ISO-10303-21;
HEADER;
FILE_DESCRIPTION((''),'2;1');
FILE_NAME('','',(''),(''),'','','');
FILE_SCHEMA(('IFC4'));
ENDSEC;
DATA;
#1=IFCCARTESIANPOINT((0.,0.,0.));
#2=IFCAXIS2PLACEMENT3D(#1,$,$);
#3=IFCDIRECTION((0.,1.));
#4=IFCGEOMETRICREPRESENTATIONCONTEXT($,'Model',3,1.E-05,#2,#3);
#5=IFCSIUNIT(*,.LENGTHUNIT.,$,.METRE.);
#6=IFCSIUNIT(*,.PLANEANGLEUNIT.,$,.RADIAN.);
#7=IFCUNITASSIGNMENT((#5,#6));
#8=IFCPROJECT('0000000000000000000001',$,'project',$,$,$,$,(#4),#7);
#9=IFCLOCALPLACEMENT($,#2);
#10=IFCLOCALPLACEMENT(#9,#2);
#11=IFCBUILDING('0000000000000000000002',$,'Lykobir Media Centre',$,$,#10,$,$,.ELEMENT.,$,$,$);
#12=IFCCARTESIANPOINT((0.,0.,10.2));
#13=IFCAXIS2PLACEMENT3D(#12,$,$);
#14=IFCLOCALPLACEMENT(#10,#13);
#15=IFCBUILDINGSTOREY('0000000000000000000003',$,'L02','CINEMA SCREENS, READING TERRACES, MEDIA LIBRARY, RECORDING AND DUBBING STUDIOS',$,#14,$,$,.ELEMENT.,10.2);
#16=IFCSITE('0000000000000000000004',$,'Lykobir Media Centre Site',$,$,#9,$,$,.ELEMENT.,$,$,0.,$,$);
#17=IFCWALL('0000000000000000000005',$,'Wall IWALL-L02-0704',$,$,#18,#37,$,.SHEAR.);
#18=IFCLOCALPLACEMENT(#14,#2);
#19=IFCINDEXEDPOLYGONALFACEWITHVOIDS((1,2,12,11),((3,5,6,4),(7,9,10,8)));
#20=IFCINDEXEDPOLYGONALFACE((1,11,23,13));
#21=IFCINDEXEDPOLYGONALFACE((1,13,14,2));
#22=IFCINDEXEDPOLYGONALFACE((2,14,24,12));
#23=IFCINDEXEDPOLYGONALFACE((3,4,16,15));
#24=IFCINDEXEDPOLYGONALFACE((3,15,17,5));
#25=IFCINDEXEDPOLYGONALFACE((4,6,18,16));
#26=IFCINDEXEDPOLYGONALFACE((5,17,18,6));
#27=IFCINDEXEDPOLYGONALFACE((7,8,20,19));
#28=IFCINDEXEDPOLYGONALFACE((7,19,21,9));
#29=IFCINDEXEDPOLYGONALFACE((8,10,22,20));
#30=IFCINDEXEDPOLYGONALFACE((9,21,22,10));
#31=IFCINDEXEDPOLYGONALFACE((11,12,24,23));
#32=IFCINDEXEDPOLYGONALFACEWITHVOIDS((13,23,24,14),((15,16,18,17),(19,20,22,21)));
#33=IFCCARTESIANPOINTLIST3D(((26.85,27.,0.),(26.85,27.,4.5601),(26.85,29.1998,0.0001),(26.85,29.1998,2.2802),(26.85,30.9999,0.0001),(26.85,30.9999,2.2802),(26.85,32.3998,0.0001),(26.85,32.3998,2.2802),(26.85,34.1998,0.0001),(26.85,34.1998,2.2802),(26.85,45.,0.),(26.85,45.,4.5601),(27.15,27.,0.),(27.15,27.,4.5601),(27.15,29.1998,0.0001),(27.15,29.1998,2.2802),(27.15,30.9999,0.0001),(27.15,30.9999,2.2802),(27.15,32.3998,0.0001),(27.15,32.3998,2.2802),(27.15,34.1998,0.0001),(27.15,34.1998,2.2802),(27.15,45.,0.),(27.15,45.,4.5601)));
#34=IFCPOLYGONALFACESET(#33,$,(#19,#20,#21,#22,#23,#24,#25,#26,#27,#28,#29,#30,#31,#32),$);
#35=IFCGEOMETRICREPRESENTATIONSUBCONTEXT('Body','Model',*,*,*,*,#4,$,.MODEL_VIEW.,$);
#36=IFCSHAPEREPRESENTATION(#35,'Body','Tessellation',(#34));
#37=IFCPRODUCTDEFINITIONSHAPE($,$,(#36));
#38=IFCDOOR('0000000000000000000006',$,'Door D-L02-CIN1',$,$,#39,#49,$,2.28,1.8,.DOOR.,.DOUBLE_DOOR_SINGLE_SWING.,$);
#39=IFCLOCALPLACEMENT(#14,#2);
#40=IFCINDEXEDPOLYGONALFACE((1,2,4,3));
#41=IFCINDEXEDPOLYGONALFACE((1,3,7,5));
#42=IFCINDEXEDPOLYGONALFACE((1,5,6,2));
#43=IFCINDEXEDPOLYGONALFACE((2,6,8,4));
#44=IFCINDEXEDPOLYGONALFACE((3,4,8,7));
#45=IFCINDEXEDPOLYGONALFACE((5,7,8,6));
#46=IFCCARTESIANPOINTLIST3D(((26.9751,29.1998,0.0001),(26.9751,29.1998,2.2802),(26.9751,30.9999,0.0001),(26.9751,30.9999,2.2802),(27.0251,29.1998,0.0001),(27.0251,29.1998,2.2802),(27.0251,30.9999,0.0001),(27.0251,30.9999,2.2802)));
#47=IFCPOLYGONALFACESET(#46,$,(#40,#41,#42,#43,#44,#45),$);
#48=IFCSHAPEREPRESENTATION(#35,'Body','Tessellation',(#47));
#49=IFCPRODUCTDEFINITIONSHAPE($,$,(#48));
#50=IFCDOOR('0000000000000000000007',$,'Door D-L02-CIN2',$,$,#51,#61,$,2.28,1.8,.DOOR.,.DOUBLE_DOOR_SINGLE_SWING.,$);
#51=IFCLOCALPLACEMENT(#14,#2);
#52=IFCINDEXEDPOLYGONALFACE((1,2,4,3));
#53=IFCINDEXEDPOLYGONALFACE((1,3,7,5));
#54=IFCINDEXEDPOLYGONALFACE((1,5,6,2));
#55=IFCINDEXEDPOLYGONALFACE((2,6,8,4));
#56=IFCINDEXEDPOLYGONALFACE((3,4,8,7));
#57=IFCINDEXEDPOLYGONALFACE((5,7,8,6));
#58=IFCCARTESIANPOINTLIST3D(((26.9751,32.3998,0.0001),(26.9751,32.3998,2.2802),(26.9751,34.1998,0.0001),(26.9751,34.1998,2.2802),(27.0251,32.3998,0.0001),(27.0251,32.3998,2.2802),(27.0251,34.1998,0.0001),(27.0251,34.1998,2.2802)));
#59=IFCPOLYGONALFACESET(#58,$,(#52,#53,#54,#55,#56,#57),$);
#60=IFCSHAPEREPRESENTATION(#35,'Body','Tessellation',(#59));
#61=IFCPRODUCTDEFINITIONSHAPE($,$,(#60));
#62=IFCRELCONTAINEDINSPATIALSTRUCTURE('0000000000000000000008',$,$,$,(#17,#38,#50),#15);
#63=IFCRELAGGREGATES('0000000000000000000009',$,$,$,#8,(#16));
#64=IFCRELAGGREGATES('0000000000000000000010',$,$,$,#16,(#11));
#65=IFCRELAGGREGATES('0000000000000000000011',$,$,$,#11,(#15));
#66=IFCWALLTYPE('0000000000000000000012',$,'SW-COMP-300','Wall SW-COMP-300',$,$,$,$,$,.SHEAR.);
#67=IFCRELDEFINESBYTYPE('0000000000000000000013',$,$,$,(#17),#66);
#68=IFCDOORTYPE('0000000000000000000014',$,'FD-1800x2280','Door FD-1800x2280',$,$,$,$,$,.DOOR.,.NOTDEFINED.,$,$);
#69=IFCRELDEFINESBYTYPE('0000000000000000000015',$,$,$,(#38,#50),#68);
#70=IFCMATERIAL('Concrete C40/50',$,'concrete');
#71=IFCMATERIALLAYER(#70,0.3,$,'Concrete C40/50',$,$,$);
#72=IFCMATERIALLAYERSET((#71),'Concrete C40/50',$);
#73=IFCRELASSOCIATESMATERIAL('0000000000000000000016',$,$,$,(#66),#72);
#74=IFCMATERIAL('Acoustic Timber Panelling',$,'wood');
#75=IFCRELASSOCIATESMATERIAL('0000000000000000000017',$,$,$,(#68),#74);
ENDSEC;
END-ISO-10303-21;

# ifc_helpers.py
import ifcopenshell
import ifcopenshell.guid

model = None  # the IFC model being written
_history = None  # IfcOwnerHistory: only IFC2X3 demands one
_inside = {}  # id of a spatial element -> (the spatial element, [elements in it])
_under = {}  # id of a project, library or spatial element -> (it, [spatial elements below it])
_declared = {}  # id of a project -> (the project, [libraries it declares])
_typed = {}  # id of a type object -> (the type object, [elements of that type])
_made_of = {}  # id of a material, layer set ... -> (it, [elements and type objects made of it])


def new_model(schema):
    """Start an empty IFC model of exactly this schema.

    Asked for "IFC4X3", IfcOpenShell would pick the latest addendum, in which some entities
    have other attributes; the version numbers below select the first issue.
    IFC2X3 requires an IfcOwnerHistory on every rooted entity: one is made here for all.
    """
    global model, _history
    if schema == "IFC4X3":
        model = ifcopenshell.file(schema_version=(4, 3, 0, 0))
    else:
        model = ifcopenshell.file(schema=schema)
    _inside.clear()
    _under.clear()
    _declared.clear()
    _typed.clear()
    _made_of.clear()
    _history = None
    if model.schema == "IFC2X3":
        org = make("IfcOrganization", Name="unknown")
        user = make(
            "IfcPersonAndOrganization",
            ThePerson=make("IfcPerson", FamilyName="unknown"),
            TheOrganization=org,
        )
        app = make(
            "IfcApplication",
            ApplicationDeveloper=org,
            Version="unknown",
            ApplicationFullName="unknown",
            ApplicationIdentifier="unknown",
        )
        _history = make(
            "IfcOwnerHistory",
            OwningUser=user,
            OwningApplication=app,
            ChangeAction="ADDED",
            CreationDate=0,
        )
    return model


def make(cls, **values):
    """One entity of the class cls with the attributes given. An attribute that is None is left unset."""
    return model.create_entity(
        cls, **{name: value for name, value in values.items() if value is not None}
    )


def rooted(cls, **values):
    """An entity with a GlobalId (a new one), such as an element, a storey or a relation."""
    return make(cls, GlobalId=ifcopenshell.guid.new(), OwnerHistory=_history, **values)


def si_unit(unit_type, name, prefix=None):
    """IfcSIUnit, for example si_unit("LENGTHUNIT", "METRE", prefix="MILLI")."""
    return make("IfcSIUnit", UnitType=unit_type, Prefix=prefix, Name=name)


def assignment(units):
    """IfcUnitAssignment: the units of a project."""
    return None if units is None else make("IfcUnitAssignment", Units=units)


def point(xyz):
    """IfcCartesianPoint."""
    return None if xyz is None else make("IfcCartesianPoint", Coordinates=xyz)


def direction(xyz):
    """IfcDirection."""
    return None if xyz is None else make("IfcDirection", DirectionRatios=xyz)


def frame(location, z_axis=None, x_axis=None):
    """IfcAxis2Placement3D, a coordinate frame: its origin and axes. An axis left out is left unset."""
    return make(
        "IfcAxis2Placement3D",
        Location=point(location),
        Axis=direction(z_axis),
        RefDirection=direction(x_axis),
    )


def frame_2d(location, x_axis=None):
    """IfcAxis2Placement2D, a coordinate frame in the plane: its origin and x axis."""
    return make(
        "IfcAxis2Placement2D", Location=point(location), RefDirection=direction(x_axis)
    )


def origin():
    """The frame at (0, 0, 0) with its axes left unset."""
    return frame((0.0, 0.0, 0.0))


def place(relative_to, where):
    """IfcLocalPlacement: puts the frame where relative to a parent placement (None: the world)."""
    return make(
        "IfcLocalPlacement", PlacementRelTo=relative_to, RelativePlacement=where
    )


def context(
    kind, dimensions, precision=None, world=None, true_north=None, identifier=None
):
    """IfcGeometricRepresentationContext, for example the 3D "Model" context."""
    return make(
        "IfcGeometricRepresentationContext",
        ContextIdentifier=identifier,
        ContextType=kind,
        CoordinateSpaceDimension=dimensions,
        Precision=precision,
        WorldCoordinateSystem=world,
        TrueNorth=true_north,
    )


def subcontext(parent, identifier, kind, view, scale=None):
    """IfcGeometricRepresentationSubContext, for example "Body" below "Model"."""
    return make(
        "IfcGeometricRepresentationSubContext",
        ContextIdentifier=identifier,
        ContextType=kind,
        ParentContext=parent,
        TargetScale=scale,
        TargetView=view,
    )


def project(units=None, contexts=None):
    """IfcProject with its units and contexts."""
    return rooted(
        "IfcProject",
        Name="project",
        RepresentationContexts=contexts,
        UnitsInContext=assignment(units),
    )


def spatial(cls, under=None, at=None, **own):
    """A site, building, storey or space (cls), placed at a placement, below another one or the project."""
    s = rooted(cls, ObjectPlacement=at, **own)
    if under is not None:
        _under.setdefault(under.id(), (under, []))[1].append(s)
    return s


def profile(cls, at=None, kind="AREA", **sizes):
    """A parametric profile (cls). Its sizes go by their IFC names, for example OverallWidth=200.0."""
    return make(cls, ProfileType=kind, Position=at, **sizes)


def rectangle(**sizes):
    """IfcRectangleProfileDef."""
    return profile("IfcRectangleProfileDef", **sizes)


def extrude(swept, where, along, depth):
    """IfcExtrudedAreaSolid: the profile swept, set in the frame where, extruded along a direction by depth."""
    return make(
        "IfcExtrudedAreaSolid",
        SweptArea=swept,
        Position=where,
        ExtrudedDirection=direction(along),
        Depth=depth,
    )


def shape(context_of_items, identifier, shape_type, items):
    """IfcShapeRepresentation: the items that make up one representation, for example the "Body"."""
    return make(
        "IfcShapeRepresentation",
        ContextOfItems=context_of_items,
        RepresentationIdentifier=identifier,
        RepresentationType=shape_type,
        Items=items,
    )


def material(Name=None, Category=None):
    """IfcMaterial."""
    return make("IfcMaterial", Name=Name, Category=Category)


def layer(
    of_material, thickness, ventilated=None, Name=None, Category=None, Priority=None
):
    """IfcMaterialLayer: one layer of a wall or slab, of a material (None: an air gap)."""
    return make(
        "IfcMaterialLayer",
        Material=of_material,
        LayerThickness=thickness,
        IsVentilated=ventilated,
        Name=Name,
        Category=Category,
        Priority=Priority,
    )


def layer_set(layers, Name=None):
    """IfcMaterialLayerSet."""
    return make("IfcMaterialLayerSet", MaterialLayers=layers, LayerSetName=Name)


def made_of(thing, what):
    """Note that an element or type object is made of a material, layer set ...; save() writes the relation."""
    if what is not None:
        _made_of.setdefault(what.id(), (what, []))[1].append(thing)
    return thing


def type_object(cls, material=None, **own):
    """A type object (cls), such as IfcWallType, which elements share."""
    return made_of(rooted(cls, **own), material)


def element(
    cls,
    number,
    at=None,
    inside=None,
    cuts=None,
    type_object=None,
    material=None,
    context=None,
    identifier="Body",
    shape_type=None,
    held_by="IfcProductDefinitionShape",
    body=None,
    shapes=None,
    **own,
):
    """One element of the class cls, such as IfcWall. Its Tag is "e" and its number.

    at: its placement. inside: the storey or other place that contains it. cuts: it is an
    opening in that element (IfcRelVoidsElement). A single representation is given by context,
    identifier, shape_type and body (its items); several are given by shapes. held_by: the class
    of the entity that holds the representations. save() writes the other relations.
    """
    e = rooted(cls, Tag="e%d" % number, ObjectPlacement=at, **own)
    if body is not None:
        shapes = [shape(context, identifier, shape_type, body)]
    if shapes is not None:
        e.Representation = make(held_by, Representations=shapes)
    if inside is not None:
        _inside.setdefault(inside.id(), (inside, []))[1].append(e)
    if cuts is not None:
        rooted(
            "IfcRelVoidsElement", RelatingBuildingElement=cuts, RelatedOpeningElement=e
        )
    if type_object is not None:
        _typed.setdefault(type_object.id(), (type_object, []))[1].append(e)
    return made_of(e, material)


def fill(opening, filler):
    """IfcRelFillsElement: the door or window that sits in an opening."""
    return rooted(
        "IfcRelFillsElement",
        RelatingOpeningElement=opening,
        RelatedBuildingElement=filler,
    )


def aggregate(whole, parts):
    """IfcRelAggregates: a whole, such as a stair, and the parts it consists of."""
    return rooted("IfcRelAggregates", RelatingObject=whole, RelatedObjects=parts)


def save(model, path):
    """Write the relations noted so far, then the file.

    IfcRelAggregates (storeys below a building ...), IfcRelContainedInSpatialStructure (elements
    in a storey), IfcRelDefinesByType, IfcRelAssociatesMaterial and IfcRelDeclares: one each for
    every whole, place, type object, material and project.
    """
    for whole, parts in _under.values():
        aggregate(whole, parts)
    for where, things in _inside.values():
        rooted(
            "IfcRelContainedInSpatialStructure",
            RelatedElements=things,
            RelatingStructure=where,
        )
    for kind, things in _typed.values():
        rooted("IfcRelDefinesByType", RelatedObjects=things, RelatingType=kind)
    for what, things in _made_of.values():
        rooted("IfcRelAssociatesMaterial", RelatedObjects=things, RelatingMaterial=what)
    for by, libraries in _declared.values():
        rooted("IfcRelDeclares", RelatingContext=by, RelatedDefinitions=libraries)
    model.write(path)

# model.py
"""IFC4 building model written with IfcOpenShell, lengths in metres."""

from ifc_helpers import new_model, si_unit, direction, frame, frame_2d, origin, place, context, subcontext, project, spatial, rectangle, extrude, material, layer, layer_set, type_object, element, fill, save


model = new_model("IFC4")

# Units and contexts
model_context = context("Model", 3, precision=1e-05, world=origin(), true_north=direction((0.0, 1.0)))
body_context = subcontext(model_context, "Body", "Model", "MODEL_VIEW")
ifc_project = project(units=[si_unit("LENGTHUNIT", "METRE"), si_unit("PLANEANGLEUNIT", "RADIAN")], contexts=[model_context])

# Site, building, storey
site_placement = place(None, origin())
site = spatial("IfcSite", under=ifc_project, at=site_placement, Name="Lykobir Media Centre Site", CompositionType="ELEMENT", RefElevation=0.0)
building_placement = place(site_placement, origin())
building = spatial("IfcBuilding", under=site, at=building_placement, Name="Lykobir Media Centre", CompositionType="ELEMENT")
storey_placement = place(building_placement, frame((0.0, 0.0, 10.2)))
storey = spatial("IfcBuildingStorey", under=building, at=storey_placement, Name="L02", Description="CINEMA SCREENS, READING TERRACES, MEDIA LIBRARY, RECORDING AND DUBBING STUDIOS", CompositionType="ELEMENT", Elevation=10.2)

# Shared definitions
ifc_material_1 = material(Name="Concrete C40/50", Category="concrete")

# Wall, openings, doors
ifc_layer_1 = layer(ifc_material_1, 0.3, Name="Concrete C40/50")
ifc_layer_set_1 = layer_set([ifc_layer_1], Name="Concrete C40/50")
wall_type = type_object("IfcWallType", Name="SW-COMP-300", Description="Wall SW-COMP-300", PredefinedType="SHEAR", material=ifc_layer_set_1)
wall_placement = place(storey_placement, frame((27.0, 27.0, 0.0), z_axis=(0.0, 0.0, 1.0), x_axis=(0.0, 1.0, 0.0)))
wall = element("IfcWall", 1, at=wall_placement, inside=storey, type_object=wall_type, Name="Wall IWALL-L02-0704", PredefinedType="SHEAR", context=body_context, shape_type="SweptSolid", body=[
    extrude(rectangle(XDim=18.0, YDim=0.3, at=frame_2d((9.0, 0.0))), origin(), (0.0, 0.0, 1.0), 4.5601),
])
opening_1_placement = place(wall_placement, frame((2.2, 0.0, 0.0)))
opening_1 = element("IfcOpeningElement", 2, at=opening_1_placement, cuts=wall, PredefinedType="OPENING", context=body_context, shape_type="SweptSolid", body=[
    extrude(rectangle(XDim=1.8, YDim=2.28, at=frame_2d((0.8999, 1.1401))), frame((0.0, 0.1599, 0.0), z_axis=(0.0, -1.0, 0.0), x_axis=(1.0, 0.0, 0.0)), (0.0, 0.0, 1.0), 0.3201),
])
opening_2_placement = place(wall_placement, frame((5.3999, 0.0, 0.0)))
opening_2 = element("IfcOpeningElement", 3, at=opening_2_placement, cuts=wall, PredefinedType="OPENING", context=body_context, shape_type="SweptSolid", body=[
    extrude(rectangle(XDim=1.8, YDim=2.28, at=frame_2d((0.8999, 1.1401))), frame((0.0, 0.1599, 0.0), z_axis=(0.0, -1.0, 0.0), x_axis=(1.0, 0.0, 0.0)), (0.0, 0.0, 1.0), 0.3201),
])
ifc_material_2 = material(Name="Acoustic Timber Panelling", Category="wood")
door_type = type_object("IfcDoorType", Name="FD-1800x2280", Description="Door FD-1800x2280", OperationType="NOTDEFINED", PredefinedType="DOOR", material=ifc_material_2)
door_1_placement = place(opening_1_placement, origin())
door_1 = element("IfcDoor", 4, at=door_1_placement, inside=storey, type_object=door_type, Name="Door D-L02-CIN1", OperationType="DOUBLE_DOOR_SINGLE_SWING", OverallHeight=2.28, OverallWidth=1.8, PredefinedType="DOOR", context=body_context, shape_type="SweptSolid", body=[
    extrude(rectangle(XDim=1.8, YDim=2.28, at=frame_2d((0.8999, 1.1401))), frame((0.0, 0.0249, 0.0), z_axis=(0.0, -1.0, 0.0), x_axis=(1.0, 0.0, 0.0)), (0.0, 0.0, 1.0), 0.05),
])
fill(opening_1, door_1)
door_2_placement = place(opening_2_placement, origin())
door_2 = element("IfcDoor", 5, at=door_2_placement, inside=storey, type_object=door_type, Name="Door D-L02-CIN2", OperationType="DOUBLE_DOOR_SINGLE_SWING", OverallHeight=2.28, OverallWidth=1.8, PredefinedType="DOOR", context=body_context, shape_type="SweptSolid", body=[
    extrude(rectangle(XDim=1.8, YDim=2.28, at=frame_2d((0.8999, 1.1401))), frame((0.0, 0.0249, 0.0), z_axis=(0.0, -1.0, 0.0), x_axis=(1.0, 0.0, 0.0)), (0.0, 0.0, 1.0), 0.05),
])
fill(opening_2, door_2)

save(model, "model.ifc")
